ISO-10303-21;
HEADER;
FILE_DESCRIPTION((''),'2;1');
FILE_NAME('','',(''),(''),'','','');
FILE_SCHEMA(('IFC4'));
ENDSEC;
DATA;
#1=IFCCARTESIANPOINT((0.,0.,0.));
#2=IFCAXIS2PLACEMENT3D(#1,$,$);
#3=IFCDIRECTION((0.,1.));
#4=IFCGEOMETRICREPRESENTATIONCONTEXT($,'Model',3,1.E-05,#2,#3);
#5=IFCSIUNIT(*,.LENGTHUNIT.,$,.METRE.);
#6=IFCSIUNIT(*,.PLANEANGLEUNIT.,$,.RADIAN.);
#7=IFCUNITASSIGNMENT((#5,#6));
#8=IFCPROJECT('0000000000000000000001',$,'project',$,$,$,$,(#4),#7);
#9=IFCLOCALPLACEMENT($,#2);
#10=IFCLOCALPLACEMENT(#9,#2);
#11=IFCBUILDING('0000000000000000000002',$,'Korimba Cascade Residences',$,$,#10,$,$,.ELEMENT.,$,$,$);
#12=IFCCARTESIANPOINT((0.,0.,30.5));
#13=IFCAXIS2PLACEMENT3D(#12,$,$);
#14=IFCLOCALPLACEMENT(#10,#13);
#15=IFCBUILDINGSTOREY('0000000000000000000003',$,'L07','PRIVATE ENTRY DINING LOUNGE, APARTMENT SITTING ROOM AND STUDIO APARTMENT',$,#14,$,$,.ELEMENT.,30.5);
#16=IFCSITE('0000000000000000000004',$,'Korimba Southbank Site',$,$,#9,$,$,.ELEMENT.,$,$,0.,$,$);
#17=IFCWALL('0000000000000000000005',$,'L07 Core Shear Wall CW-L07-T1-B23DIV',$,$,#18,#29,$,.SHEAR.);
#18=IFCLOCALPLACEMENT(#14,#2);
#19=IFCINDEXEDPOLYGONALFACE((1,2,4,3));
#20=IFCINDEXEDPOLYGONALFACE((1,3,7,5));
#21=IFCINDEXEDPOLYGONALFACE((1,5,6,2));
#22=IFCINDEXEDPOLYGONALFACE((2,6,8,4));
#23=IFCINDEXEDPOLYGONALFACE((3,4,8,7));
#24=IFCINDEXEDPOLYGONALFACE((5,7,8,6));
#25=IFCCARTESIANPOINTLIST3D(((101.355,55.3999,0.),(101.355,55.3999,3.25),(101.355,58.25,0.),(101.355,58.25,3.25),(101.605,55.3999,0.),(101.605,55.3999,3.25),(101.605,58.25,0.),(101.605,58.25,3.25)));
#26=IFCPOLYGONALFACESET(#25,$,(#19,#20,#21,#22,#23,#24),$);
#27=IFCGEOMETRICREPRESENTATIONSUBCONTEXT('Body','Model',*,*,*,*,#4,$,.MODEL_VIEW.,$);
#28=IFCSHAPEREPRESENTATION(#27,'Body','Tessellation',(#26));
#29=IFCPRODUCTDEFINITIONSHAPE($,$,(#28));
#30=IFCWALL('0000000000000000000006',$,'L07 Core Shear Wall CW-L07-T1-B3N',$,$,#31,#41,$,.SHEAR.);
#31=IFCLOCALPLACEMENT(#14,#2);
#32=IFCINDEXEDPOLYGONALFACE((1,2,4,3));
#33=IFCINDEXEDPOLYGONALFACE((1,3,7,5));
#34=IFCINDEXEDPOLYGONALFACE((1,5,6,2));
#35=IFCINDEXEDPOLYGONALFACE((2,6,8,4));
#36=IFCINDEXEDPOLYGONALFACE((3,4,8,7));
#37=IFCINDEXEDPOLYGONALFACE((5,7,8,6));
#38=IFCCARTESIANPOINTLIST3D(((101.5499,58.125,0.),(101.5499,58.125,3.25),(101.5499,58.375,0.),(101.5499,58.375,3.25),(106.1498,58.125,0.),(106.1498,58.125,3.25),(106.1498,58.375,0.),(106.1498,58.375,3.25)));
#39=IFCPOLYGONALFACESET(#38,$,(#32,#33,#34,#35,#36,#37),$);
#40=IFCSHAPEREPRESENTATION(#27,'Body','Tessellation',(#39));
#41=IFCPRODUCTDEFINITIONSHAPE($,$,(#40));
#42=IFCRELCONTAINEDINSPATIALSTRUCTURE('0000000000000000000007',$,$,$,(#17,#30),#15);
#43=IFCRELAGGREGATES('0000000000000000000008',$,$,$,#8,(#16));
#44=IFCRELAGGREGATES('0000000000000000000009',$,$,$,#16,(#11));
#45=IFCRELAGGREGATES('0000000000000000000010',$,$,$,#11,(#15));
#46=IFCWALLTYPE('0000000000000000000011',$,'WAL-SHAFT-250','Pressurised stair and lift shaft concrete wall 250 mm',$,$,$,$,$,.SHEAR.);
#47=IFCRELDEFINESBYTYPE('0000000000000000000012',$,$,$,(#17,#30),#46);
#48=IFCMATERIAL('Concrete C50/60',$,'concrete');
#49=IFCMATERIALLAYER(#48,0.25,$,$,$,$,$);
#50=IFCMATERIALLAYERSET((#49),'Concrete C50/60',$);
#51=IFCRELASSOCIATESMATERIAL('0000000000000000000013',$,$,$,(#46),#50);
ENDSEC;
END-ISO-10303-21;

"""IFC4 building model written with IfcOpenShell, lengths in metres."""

from ifc_helpers import new_model, si_unit, direction, frame, frame_2d, origin, place, context, subcontext, project, spatial, rectangle, extrude, material, layer, layer_set, type_object, element, save


model = new_model("IFC4")

# Units and contexts
model_context = context("Model", 3, precision=1e-05, world=origin(), true_north=direction((0.0, 1.0)))
body_context = subcontext(model_context, "Body", "Model", "MODEL_VIEW")
ifc_project = project(units=[si_unit("LENGTHUNIT", "METRE"), si_unit("PLANEANGLEUNIT", "RADIAN")], contexts=[model_context])

# Site, building, storey
site_placement = place(None, origin())
site = spatial("IfcSite", under=ifc_project, at=site_placement, Name="Korimba Southbank Site", CompositionType="ELEMENT", RefElevation=0.0)
building_placement = place(site_placement, origin())
building = spatial("IfcBuilding", under=site, at=building_placement, Name="Korimba Cascade Residences", CompositionType="ELEMENT")
storey_placement = place(building_placement, frame((0.0, 0.0, 30.5)))
storey = spatial("IfcBuildingStorey", under=building, at=storey_placement, Name="L07", Description="PRIVATE ENTRY DINING LOUNGE, APARTMENT SITTING ROOM AND STUDIO APARTMENT", CompositionType="ELEMENT", Elevation=30.5)

# Shared definitions
ifc_material_1 = material(Name="Concrete C50/60", Category="concrete")

# Walls
ifc_layer_1 = layer(ifc_material_1, 0.25)
ifc_layer_set_1 = layer_set([ifc_layer_1], Name="Concrete C50/60")
wall_type_1 = type_object("IfcWallType", Name="WAL-SHAFT-250", Description="Pressurised stair and lift shaft concrete wall 250 mm", PredefinedType="SHEAR", material=ifc_layer_set_1)
wall_1_placement = place(storey_placement, frame((101.48, 55.3999, 0.0), z_axis=(0.0, 0.0, 1.0), x_axis=(0.0, 1.0, 0.0)))
element("IfcWall", 1, at=wall_1_placement, inside=storey, type_object=wall_type_1, Name="L07 Core Shear Wall CW-L07-T1-B23DIV", PredefinedType="SHEAR", context=body_context, shape_type="SweptSolid", body=[
    extrude(rectangle(XDim=2.8501, YDim=0.25, at=frame_2d((1.425, 0.0))), origin(), (0.0, 0.0, 1.0), 3.25),
])
wall_2_placement = place(storey_placement, frame((101.55, 58.25, 0.0), z_axis=(0.0, 0.0, 1.0), x_axis=(1.0, 0.0, 0.0)))
element("IfcWall", 2, at=wall_2_placement, inside=storey, type_object=wall_type_1, Name="L07 Core Shear Wall CW-L07-T1-B3N", PredefinedType="SHEAR", context=body_context, shape_type="SweptSolid", body=[
    extrude(rectangle(XDim=4.5999, YDim=0.25, at=frame_2d((2.2998, 0.0))), origin(), (0.0, 0.0, 1.0), 3.25),
])

save(model, "model.ifc")
